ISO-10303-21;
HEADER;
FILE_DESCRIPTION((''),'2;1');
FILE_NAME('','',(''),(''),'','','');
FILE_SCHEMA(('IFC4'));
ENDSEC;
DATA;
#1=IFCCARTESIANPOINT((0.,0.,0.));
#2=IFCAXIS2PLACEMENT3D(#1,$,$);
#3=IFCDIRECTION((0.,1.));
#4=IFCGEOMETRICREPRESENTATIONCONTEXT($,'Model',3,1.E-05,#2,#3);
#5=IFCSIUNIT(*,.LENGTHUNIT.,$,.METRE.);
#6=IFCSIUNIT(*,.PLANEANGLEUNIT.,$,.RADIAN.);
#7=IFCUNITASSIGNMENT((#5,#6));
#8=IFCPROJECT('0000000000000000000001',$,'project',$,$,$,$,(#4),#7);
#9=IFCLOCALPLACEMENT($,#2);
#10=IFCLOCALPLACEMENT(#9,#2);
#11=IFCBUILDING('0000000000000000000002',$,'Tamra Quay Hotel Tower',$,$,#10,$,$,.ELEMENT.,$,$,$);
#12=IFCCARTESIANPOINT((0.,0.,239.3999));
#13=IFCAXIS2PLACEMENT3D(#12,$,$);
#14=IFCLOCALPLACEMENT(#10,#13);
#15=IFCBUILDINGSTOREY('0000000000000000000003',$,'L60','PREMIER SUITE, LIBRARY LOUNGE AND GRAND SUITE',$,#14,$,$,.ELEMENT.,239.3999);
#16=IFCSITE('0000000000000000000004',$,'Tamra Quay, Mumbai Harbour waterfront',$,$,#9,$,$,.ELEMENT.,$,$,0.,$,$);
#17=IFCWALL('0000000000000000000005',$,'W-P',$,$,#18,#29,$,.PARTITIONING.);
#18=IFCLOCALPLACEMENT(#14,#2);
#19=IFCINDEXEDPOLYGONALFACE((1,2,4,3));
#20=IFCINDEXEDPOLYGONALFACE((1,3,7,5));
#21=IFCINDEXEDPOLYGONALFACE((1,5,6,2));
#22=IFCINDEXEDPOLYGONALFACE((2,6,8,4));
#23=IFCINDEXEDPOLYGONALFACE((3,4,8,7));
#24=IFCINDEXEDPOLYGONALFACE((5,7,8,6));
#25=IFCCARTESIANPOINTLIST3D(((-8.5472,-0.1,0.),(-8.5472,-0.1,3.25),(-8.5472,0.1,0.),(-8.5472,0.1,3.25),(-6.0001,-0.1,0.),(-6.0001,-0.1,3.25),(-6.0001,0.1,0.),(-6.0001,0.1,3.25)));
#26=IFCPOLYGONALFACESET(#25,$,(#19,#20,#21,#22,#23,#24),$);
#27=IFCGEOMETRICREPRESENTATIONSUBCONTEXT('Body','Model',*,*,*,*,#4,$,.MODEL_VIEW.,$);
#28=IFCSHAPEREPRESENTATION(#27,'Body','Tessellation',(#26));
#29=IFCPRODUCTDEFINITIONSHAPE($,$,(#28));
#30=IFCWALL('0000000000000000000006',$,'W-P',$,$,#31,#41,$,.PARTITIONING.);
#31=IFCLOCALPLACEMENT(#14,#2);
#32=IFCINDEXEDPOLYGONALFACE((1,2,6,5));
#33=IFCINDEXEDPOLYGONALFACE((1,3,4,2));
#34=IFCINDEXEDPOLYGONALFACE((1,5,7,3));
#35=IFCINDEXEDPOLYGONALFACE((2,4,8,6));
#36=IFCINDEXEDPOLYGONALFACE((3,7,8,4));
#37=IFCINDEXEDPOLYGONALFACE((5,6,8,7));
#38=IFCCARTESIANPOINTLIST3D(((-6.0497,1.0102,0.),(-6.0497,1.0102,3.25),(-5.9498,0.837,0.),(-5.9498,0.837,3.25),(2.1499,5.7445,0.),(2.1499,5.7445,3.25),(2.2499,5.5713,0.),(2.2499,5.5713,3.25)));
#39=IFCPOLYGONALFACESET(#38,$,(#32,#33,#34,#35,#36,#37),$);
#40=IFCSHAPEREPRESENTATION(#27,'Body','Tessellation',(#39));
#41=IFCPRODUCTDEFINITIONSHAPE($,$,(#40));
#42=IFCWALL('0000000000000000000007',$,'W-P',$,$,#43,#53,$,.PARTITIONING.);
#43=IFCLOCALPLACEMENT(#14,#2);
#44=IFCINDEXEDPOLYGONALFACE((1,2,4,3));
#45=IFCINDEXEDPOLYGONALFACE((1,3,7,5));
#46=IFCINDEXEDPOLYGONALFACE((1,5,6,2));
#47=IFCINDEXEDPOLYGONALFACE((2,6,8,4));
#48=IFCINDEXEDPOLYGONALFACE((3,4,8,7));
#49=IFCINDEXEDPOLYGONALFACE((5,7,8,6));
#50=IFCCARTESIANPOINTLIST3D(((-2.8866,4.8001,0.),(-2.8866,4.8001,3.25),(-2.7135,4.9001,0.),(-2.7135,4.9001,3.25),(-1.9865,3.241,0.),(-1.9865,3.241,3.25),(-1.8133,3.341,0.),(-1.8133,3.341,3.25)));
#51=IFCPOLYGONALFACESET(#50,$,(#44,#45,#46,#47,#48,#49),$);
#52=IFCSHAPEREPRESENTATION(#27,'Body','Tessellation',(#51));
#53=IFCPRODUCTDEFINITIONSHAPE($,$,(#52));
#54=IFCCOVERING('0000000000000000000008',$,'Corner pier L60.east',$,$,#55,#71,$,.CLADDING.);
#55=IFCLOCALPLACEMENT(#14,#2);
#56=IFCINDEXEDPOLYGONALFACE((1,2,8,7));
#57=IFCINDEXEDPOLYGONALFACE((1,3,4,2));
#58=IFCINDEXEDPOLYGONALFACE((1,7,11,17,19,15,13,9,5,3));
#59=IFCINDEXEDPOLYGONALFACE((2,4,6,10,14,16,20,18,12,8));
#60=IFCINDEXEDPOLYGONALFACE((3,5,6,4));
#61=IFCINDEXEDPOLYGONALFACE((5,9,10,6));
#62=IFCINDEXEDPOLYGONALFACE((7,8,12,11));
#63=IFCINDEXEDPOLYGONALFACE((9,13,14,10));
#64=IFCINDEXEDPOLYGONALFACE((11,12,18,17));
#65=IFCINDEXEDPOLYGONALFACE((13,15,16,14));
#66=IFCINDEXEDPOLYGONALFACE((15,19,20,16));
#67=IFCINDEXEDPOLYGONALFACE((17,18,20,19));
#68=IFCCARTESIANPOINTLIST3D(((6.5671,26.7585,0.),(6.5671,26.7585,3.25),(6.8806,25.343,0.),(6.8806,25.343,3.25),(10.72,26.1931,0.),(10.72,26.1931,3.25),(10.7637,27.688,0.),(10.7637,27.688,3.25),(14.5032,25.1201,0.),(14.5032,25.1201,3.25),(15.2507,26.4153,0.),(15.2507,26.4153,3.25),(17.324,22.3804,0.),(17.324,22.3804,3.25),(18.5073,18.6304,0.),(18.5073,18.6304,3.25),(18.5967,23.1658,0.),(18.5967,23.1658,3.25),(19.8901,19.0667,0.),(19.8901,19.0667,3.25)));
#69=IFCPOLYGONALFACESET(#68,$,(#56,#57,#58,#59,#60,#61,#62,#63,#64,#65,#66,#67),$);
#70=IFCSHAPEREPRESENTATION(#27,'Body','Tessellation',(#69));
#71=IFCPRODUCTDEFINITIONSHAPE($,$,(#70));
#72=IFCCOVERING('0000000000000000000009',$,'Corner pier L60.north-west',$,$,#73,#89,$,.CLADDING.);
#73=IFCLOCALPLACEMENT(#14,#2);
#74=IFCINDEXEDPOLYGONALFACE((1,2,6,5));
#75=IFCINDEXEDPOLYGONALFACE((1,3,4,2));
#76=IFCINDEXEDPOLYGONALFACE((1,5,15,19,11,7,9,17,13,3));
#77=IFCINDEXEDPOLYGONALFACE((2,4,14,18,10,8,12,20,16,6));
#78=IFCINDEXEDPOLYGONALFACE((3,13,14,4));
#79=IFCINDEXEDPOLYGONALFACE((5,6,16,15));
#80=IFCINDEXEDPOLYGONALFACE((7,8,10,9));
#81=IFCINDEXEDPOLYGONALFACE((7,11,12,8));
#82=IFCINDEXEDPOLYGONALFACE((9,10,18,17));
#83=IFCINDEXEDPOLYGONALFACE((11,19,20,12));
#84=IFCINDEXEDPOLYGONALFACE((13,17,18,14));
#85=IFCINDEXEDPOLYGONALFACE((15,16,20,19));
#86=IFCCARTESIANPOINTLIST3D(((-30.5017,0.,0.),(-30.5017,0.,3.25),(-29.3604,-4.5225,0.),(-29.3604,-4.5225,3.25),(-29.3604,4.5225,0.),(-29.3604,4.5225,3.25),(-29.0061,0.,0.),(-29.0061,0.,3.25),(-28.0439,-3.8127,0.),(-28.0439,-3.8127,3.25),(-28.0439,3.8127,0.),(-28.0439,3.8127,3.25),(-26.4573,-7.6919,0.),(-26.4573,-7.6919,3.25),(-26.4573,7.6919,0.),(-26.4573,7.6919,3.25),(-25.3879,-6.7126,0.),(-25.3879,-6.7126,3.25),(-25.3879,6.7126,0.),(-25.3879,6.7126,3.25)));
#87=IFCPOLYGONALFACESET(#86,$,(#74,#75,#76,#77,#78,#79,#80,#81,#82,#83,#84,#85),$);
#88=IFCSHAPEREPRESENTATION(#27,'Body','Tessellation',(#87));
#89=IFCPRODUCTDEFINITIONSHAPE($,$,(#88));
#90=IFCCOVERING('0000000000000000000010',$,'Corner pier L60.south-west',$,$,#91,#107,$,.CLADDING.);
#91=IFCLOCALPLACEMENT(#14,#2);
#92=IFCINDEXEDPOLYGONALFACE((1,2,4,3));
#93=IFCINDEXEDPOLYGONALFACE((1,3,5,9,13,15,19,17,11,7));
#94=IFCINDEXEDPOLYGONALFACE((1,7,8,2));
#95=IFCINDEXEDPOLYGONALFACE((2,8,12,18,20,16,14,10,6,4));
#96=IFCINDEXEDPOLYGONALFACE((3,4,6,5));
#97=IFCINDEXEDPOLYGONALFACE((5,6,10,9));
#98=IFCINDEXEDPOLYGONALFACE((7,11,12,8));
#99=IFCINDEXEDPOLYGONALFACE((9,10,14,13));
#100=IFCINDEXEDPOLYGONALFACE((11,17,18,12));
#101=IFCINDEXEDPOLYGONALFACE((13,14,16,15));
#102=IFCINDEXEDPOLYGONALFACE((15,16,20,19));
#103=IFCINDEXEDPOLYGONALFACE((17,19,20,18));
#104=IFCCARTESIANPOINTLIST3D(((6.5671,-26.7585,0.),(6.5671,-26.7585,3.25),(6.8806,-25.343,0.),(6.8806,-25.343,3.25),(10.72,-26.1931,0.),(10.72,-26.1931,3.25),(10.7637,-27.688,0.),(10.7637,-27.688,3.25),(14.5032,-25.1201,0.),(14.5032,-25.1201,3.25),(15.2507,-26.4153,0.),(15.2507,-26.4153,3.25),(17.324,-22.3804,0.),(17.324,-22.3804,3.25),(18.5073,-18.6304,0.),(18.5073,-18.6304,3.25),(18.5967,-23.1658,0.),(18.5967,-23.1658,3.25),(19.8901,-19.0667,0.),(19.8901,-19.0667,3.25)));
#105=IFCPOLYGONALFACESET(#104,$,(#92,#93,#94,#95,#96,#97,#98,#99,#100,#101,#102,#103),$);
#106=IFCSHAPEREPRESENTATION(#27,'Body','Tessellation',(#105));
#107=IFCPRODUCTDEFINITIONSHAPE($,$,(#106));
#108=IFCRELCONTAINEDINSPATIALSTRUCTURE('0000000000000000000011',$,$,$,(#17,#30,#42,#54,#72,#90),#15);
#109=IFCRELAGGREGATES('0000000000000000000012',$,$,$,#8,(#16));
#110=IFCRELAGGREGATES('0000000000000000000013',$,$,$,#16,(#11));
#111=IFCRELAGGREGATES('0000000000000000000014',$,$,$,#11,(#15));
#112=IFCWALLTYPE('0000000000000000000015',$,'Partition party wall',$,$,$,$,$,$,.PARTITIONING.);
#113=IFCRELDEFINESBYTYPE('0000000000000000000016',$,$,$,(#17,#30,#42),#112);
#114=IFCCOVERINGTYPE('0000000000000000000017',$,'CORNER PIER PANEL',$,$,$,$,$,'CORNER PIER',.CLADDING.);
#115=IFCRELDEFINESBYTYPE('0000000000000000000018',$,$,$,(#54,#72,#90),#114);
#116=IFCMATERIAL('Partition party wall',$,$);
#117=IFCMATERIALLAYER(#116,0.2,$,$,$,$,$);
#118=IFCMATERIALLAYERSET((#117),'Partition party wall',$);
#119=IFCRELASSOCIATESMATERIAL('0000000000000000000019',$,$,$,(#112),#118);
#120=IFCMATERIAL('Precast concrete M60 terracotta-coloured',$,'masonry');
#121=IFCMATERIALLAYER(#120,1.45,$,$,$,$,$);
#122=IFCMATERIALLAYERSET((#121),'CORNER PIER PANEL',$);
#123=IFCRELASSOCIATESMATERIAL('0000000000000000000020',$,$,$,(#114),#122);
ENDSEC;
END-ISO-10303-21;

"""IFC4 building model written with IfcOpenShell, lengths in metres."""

from ifc_helpers import new_model, si_unit, direction, frame, frame_2d, origin, place, context, subcontext, project, spatial, polyline, rectangle, outline, extrude, material, layer, layer_set, type_object, element, save


model = new_model("IFC4")

# Units and contexts
model_context = context("Model", 3, precision=1e-05, world=origin(), true_north=direction((0.0, 1.0)))
body_context = subcontext(model_context, "Body", "Model", "MODEL_VIEW")
ifc_project = project(units=[si_unit("LENGTHUNIT", "METRE"), si_unit("PLANEANGLEUNIT", "RADIAN")], contexts=[model_context])

# Site, building, storey
site_placement = place(None, origin())
site = spatial("IfcSite", under=ifc_project, at=site_placement, Name="Tamra Quay, Mumbai Harbour waterfront", CompositionType="ELEMENT", RefElevation=0.0)
building_placement = place(site_placement, origin())
building = spatial("IfcBuilding", under=site, at=building_placement, Name="Tamra Quay Hotel Tower", CompositionType="ELEMENT")
storey_placement = place(building_placement, frame((0.0, 0.0, 239.3999)))
storey = spatial("IfcBuildingStorey", under=building, at=storey_placement, Name="L60", Description="PREMIER SUITE, LIBRARY LOUNGE AND GRAND SUITE", CompositionType="ELEMENT", Elevation=239.3999)

# Walls
ifc_material_1 = material(Name="Partition party wall")
ifc_layer_1 = layer(ifc_material_1, 0.2)
ifc_layer_set_1 = layer_set([ifc_layer_1], Name="Partition party wall")
wall_type_1 = type_object("IfcWallType", Name="Partition party wall", PredefinedType="PARTITIONING", material=ifc_layer_set_1)
wall_1_placement = place(storey_placement, frame((-8.5471, 0.0, 0.0), z_axis=(0.0, 0.0, 1.0), x_axis=(1.0, 0.0, 0.0)))
element("IfcWall", 1, at=wall_1_placement, inside=storey, type_object=wall_type_1, Name="W-P", PredefinedType="PARTITIONING", context=body_context, shape_type="SweptSolid", body=[
    extrude(rectangle(XDim=2.5471, YDim=0.2, at=frame_2d((1.2734, 0.0))), origin(), (0.0, 0.0, 1.0), 3.25),
])
wall_2_placement = place(storey_placement, frame((-5.9998, 0.9236, 0.0), z_axis=(0.0, 0.0, 1.0), x_axis=(0.866013, 0.500022, 0.0)))
element("IfcWall", 2, at=wall_2_placement, inside=storey, type_object=wall_type_1, Name="W-P", PredefinedType="PARTITIONING", context=body_context, shape_type="SweptSolid", body=[
    extrude(rectangle(XDim=9.4683, YDim=0.2, at=frame_2d((4.7341, 0.0))), origin(), (0.0, 0.0, 1.0), 3.25),
])
wall_3_placement = place(storey_placement, frame((-2.8, 4.8501, 0.0), z_axis=(0.0, 0.0, 1.0), x_axis=(0.500004, -0.866023, 0.0)))
element("IfcWall", 3, at=wall_3_placement, inside=storey, type_object=wall_type_1, Name="W-P", PredefinedType="PARTITIONING", context=body_context, shape_type="SweptSolid", body=[
    extrude(rectangle(XDim=1.8003, YDim=0.2, at=frame_2d((0.9001, 0.0))), origin(), (0.0, 0.0, 1.0), 3.25),
])

# Coverings
ifc_material_2 = material(Name="Precast concrete M60 terracotta-coloured", Category="masonry")
ifc_layer_2 = layer(ifc_material_2, 1.45)
ifc_layer_set_2 = layer_set([ifc_layer_2], Name="CORNER PIER PANEL")
covering_type = type_object("IfcCoveringType", Name="CORNER PIER PANEL", ElementType="CORNER PIER", PredefinedType="CLADDING", material=ifc_layer_set_2)
covering_1_placement = place(storey_placement, origin())
element("IfcCovering", 4, at=covering_1_placement, inside=storey, type_object=covering_type, Name="Corner pier L60.east", PredefinedType="CLADDING", context=body_context, shape_type="SweptSolid", body=[
    extrude(outline(polyline([(18.5073, 18.6304), (19.8901, 19.0667), (18.5967, 23.1658), (15.2507, 26.4153), (10.7637, 27.688), (6.5671, 26.7585), (6.8806, 25.343), (10.72, 26.1931), (14.5032, 25.1201), (17.324, 22.3804), (18.5073, 18.6304)])), origin(), (0.0, 0.0, 1.0), 3.25),
])
covering_2_placement = place(storey_placement, origin())
element("IfcCovering", 5, at=covering_2_placement, inside=storey, type_object=covering_type, Name="Corner pier L60.north-west", PredefinedType="CLADDING", context=body_context, shape_type="SweptSolid", body=[
    extrude(outline(polyline([(-25.3879, 6.7126), (-26.4573, 7.6919), (-29.3604, 4.5225), (-30.5017, 0.0), (-29.3604, -4.5225), (-26.4573, -7.6919), (-25.3879, -6.7126), (-28.0439, -3.8127), (-29.0061, 0.0), (-28.0439, 3.8127), (-25.3879, 6.7126)])), origin(), (0.0, 0.0, 1.0), 3.25),
])
covering_3_placement = place(storey_placement, origin())
element("IfcCovering", 6, at=covering_3_placement, inside=storey, type_object=covering_type, Name="Corner pier L60.south-west", PredefinedType="CLADDING", context=body_context, shape_type="SweptSolid", body=[
    extrude(outline(polyline([(6.8806, -25.343), (6.5671, -26.7585), (10.7637, -27.688), (15.2507, -26.4153), (18.5967, -23.1658), (19.8901, -19.0667), (18.5073, -18.6304), (17.324, -22.3804), (14.5032, -25.1201), (10.72, -26.1931), (6.8806, -25.343)])), origin(), (0.0, 0.0, 1.0), 3.25),
])

save(model, "model.ifc")
